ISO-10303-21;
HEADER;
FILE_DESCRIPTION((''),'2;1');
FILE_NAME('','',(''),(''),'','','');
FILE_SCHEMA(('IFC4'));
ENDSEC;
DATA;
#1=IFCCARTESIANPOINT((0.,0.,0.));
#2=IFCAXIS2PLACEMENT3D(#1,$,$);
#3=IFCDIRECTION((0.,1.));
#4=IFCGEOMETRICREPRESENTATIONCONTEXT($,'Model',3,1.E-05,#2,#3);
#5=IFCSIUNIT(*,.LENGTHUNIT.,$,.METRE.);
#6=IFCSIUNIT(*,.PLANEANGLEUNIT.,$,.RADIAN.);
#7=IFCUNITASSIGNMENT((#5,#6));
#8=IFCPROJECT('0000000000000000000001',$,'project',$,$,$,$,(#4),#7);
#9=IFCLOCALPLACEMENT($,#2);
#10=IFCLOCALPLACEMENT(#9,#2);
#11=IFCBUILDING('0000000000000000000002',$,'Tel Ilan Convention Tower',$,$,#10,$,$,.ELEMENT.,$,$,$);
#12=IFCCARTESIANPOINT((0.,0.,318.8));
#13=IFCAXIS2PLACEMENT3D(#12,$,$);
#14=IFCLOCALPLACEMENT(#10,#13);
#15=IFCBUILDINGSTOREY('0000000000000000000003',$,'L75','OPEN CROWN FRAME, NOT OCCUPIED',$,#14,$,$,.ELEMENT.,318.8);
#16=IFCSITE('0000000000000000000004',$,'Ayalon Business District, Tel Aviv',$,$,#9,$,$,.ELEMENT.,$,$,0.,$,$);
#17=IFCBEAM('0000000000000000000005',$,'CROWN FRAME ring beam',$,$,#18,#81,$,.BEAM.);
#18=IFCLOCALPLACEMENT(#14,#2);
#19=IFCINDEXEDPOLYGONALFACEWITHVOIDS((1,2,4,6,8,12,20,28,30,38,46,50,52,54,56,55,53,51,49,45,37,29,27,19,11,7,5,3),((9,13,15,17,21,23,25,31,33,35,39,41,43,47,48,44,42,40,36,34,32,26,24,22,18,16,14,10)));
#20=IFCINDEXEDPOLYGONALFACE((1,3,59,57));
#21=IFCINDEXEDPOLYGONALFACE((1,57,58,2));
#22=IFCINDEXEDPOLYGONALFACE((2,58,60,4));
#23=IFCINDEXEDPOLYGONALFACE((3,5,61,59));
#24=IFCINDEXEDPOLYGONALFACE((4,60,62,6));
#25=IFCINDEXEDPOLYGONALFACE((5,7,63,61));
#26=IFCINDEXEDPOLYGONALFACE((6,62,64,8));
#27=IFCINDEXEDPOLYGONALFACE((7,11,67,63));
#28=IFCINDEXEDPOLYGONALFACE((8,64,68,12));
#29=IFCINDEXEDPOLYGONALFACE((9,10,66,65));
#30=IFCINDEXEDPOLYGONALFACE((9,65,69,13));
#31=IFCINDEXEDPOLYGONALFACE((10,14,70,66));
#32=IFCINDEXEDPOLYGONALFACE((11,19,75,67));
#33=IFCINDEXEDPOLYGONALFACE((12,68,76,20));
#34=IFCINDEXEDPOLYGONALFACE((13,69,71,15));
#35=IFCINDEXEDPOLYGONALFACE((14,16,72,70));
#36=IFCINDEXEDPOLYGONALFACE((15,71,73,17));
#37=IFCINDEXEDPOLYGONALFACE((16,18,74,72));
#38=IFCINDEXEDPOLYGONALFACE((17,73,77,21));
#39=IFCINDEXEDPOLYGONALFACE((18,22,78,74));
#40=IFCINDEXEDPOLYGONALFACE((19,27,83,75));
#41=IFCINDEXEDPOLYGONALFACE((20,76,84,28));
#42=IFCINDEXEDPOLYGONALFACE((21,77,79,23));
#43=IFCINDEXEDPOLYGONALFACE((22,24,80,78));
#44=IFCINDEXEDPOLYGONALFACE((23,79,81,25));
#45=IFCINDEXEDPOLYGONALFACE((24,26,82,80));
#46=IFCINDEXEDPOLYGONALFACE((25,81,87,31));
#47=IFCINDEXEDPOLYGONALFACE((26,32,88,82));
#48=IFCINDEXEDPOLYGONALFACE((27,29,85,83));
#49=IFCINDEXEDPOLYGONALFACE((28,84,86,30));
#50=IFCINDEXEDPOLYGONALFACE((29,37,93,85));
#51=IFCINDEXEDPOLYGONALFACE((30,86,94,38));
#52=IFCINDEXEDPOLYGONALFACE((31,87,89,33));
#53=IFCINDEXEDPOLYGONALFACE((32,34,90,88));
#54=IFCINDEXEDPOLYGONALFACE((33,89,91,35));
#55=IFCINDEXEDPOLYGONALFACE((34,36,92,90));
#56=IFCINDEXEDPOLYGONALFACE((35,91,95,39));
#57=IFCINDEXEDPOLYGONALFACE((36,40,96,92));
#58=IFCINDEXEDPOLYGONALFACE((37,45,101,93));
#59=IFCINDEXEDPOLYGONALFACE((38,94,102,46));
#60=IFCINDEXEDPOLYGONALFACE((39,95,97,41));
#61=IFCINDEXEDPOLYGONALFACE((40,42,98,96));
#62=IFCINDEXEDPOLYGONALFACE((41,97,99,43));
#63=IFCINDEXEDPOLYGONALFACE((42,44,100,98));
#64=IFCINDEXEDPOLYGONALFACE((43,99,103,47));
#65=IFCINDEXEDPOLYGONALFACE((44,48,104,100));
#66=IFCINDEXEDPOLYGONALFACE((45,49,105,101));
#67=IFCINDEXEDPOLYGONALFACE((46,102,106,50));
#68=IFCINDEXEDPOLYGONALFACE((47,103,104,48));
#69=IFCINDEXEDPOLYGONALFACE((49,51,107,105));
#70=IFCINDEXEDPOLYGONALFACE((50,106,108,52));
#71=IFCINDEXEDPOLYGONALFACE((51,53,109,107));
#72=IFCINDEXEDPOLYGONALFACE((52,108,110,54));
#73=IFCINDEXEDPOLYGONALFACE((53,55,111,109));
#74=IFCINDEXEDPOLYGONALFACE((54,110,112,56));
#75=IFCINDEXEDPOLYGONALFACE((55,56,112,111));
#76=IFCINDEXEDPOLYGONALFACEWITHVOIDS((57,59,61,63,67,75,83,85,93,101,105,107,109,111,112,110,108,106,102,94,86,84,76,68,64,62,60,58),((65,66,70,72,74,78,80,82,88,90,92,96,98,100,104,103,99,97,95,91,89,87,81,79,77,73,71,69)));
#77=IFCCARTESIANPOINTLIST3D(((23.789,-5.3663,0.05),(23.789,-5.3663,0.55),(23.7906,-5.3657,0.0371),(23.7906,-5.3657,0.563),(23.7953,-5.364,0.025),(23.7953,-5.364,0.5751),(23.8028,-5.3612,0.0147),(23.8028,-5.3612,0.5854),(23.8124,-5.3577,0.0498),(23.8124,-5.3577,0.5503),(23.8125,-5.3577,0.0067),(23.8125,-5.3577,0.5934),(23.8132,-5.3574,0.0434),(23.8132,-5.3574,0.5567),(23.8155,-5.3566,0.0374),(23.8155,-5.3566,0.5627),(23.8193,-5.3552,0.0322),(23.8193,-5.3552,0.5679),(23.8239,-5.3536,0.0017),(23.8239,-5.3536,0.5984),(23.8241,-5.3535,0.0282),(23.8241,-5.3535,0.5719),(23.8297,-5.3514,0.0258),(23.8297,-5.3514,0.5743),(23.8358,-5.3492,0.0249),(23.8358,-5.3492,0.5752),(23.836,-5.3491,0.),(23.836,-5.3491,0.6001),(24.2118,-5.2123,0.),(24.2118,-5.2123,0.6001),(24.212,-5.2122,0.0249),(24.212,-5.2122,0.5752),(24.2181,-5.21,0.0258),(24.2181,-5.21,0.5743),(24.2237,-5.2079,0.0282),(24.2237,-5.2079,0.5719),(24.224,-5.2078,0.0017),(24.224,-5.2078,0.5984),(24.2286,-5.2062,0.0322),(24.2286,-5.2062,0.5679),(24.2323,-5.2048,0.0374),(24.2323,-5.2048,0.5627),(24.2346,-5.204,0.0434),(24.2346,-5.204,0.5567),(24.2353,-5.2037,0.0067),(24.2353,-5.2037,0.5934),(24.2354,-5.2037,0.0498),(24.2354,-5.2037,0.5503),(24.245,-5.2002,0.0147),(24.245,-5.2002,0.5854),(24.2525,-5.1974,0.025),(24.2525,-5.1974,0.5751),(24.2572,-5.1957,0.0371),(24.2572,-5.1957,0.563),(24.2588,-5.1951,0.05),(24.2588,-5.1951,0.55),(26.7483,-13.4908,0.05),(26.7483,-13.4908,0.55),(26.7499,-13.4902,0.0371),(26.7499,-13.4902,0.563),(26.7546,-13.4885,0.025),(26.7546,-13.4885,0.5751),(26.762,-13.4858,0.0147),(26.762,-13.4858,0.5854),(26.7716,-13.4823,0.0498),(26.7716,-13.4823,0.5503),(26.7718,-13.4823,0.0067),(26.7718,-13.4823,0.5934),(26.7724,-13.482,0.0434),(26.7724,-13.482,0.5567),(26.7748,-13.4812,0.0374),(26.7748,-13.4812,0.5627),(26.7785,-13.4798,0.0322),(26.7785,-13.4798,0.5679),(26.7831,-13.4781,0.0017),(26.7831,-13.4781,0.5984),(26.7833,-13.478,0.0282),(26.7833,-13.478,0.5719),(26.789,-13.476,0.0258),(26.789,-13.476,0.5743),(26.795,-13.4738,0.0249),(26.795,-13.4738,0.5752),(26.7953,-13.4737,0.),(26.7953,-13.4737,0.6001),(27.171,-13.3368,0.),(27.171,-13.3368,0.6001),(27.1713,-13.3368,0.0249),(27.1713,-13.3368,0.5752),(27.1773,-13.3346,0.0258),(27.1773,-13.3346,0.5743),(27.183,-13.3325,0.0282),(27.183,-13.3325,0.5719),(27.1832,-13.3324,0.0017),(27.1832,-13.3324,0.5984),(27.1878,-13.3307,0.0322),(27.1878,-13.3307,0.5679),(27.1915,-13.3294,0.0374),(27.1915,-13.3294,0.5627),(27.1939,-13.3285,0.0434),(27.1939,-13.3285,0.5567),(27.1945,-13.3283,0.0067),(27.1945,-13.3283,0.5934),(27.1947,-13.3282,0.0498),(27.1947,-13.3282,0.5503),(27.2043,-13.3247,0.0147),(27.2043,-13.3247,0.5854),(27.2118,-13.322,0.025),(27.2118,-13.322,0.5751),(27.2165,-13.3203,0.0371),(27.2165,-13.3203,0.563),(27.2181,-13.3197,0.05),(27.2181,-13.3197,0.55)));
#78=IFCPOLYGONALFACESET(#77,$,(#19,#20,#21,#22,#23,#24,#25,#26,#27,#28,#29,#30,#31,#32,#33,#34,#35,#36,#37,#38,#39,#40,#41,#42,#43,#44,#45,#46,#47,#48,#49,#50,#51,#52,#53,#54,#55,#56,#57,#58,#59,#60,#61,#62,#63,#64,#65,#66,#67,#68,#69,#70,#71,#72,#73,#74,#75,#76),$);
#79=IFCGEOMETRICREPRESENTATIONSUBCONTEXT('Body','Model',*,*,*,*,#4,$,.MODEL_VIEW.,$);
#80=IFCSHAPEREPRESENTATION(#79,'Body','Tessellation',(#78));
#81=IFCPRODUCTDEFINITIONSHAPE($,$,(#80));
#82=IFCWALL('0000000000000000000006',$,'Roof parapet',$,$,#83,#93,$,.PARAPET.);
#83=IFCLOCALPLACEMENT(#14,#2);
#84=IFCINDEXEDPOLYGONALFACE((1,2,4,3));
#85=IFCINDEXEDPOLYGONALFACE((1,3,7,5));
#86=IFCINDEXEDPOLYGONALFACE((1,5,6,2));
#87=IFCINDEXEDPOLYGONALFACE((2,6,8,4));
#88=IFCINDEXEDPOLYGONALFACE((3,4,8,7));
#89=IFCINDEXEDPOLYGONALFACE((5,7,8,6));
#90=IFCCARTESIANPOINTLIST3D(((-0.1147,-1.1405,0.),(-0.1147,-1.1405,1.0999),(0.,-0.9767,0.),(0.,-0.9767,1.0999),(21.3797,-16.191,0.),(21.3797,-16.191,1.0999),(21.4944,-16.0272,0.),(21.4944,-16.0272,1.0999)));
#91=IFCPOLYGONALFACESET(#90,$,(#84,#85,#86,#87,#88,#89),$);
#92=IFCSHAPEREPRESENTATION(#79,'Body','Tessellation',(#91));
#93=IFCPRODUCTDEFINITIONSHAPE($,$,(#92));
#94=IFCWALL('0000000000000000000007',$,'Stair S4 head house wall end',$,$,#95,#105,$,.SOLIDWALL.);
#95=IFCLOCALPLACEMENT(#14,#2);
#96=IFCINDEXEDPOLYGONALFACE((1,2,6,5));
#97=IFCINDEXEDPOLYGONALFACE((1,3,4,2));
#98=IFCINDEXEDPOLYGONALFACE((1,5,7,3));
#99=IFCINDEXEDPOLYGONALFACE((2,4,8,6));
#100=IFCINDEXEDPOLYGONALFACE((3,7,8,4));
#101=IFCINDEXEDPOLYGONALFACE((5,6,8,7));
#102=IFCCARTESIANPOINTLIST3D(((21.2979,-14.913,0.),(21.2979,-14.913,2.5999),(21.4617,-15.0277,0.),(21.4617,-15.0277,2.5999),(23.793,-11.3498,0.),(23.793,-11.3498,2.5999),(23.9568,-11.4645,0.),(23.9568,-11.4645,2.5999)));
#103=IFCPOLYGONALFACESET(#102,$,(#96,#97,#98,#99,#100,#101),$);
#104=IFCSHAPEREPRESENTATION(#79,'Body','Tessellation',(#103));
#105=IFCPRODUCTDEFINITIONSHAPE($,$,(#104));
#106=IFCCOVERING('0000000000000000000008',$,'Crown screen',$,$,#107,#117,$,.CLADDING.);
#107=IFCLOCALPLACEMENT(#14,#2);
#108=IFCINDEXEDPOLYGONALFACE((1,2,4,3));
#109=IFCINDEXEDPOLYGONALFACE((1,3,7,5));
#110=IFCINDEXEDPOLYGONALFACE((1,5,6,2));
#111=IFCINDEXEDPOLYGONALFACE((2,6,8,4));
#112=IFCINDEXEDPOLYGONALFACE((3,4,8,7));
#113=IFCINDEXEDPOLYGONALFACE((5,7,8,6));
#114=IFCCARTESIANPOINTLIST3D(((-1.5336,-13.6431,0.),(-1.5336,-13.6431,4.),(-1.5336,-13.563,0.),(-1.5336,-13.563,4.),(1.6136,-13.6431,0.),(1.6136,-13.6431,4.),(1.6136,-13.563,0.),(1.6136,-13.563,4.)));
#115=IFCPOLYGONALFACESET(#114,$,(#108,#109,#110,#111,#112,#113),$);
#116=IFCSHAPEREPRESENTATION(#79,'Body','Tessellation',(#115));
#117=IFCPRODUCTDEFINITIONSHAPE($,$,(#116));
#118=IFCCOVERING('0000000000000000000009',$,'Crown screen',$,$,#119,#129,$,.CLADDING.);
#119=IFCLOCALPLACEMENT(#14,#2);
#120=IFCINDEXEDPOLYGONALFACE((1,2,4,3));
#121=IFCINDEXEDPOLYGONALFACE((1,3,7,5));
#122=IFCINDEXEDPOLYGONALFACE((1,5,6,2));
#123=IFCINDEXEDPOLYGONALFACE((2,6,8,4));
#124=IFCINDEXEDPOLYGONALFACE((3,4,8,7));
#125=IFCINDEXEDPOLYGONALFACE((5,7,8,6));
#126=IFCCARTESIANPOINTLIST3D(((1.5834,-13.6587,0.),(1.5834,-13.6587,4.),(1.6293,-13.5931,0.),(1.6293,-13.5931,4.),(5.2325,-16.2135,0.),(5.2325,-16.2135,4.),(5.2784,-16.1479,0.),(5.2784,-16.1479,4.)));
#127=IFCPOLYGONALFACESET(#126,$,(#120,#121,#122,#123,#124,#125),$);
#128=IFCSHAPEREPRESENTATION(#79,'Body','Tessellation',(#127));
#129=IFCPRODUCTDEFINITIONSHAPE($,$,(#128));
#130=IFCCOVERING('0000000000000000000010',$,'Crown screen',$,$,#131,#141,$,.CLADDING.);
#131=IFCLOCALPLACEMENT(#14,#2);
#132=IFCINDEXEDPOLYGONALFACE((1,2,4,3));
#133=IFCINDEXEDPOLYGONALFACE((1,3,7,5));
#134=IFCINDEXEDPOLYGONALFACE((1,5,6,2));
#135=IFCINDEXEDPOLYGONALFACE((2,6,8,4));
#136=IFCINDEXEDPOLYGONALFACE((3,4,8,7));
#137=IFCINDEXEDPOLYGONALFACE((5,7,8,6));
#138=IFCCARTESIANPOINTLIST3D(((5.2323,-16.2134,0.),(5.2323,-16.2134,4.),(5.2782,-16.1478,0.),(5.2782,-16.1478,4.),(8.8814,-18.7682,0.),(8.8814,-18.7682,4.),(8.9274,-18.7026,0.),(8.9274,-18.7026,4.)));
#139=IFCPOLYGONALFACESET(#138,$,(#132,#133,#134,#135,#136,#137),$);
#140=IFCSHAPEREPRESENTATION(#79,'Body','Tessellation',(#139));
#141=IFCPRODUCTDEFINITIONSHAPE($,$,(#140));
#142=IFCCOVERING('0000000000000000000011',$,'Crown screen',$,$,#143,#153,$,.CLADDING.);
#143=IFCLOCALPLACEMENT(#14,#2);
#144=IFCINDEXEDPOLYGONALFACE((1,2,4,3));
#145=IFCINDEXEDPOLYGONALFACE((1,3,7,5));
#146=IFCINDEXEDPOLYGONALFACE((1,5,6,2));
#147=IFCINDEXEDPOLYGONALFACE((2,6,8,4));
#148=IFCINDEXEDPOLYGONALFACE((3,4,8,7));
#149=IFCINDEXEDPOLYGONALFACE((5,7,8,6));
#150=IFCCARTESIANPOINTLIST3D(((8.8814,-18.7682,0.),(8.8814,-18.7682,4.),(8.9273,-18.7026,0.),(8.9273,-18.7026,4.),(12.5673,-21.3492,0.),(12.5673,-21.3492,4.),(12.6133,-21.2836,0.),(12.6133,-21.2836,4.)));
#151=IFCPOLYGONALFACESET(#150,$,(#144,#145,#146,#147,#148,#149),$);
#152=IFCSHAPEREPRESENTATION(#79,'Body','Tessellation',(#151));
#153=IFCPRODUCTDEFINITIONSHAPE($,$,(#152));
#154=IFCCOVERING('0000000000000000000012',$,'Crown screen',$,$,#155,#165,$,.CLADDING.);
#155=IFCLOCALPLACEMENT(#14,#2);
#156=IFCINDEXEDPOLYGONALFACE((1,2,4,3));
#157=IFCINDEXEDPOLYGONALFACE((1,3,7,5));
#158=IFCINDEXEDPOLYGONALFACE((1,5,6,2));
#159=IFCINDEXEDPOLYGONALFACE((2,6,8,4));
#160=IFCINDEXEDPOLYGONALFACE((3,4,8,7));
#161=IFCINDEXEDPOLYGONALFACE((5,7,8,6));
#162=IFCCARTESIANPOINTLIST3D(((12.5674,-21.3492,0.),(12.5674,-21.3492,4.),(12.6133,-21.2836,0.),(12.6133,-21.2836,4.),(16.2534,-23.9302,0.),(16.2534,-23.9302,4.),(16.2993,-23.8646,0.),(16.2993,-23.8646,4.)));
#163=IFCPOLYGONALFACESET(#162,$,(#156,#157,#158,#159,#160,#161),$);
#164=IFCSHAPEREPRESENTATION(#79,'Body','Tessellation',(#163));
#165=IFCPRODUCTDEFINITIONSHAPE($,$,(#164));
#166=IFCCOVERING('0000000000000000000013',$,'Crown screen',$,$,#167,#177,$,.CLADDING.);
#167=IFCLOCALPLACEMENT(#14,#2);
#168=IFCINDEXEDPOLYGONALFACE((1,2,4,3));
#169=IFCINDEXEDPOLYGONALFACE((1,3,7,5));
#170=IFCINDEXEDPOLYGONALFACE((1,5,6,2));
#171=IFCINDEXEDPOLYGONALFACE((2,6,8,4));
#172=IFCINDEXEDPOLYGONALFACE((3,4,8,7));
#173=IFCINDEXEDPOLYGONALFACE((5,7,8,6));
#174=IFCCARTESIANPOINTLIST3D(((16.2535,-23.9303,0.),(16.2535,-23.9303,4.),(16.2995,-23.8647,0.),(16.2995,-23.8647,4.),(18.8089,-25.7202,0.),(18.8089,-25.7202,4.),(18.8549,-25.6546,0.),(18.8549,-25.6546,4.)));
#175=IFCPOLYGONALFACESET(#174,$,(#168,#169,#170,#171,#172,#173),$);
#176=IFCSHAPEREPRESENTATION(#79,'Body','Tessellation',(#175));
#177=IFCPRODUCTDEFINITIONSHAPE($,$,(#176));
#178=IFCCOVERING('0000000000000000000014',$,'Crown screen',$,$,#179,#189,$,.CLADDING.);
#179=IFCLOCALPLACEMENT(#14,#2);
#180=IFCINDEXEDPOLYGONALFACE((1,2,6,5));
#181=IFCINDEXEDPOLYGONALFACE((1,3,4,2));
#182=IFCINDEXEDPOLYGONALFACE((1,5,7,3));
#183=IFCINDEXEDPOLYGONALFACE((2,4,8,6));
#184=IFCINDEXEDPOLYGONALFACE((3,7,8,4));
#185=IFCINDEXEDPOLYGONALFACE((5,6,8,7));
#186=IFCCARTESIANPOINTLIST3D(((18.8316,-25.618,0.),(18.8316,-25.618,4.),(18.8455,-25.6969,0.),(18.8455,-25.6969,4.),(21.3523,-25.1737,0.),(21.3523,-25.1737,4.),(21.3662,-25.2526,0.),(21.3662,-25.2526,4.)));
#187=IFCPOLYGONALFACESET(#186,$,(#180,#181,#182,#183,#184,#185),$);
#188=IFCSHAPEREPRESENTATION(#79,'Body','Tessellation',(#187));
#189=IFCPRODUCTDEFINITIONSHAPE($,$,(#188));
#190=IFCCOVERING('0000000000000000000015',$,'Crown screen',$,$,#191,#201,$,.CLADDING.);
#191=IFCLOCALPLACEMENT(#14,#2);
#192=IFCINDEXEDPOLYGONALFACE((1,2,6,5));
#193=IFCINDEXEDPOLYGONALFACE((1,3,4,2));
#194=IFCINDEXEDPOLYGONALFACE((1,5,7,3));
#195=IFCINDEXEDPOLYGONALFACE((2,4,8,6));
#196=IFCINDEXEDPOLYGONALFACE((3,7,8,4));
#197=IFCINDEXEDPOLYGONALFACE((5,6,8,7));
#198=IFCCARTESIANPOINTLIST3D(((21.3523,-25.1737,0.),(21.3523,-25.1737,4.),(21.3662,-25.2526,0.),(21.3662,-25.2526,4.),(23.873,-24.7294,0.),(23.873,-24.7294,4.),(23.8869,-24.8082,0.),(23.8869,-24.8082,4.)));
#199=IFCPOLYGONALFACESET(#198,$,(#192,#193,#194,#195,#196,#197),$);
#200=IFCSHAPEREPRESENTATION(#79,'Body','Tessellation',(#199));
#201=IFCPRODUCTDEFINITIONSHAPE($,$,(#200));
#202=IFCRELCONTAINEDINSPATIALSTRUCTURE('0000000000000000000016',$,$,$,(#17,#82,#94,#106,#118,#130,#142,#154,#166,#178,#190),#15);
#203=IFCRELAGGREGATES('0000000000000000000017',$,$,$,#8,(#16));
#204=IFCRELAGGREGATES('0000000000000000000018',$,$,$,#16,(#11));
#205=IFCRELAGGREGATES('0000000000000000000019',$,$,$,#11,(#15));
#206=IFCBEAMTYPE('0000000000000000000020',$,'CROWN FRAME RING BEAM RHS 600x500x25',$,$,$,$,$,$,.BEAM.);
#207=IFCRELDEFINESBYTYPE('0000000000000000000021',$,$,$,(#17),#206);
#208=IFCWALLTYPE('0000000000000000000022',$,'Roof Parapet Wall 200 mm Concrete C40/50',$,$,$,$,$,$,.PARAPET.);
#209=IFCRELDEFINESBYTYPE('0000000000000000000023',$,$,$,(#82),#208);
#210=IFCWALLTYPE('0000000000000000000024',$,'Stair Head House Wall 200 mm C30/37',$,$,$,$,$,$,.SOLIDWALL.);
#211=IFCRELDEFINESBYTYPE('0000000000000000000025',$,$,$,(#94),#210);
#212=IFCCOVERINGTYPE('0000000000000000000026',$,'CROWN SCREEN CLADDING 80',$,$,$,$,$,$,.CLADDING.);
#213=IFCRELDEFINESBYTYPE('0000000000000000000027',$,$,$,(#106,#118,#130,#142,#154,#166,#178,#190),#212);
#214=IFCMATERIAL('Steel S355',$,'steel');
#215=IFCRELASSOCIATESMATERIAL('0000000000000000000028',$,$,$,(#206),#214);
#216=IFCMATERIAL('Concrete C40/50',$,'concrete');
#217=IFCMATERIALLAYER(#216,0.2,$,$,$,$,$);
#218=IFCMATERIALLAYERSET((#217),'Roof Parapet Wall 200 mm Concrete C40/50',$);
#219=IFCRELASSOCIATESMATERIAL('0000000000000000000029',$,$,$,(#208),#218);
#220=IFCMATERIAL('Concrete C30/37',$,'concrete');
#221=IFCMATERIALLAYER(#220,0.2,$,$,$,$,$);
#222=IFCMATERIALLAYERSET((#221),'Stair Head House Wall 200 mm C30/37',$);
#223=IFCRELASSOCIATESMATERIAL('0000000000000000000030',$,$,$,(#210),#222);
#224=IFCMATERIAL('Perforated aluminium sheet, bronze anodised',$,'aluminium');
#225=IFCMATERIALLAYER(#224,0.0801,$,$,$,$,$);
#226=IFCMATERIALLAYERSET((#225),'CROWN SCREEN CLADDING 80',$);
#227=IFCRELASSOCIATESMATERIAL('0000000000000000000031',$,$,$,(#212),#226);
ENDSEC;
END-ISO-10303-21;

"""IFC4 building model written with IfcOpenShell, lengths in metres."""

from ifc_helpers import new_model, si_unit, direction, frame, frame_2d, origin, origin_2d, place, context, subcontext, project, spatial, rectangle, hollow_rectangle, extrude, material, layer, layer_set, material_profile, profile_set, type_object, element, save


model = new_model("IFC4")

# Units and contexts
model_context = context("Model", 3, precision=1e-05, world=origin(), true_north=direction((0.0, 1.0)))
body_context = subcontext(model_context, "Body", "Model", "MODEL_VIEW")
ifc_project = project(units=[si_unit("LENGTHUNIT", "METRE"), si_unit("PLANEANGLEUNIT", "RADIAN")], contexts=[model_context])

# Site, building, storey
site_placement = place(None, origin())
site = spatial("IfcSite", under=ifc_project, at=site_placement, Name="Ayalon Business District, Tel Aviv", CompositionType="ELEMENT", RefElevation=0.0)
building_placement = place(site_placement, origin())
building = spatial("IfcBuilding", under=site, at=building_placement, Name="Tel Ilan Convention Tower", CompositionType="ELEMENT")
storey_placement = place(building_placement, frame((0.0, 0.0, 318.8)))
storey = spatial("IfcBuildingStorey", under=building, at=storey_placement, Name="L75", Description="OPEN CROWN FRAME, NOT OCCUPIED", CompositionType="ELEMENT", Elevation=318.8)

# Beam
ifc_material_1 = material(Name="Steel S355", Category="steel")
ifc_material_profile_1 = material_profile(ifc_material_1, hollow_rectangle(XDim=0.5, YDim=0.6001, WallThickness=0.0249, InnerFilletRadius=0.0249, OuterFilletRadius=0.05, at=origin_2d()), Name="RHS 600x500x25")
ifc_profile_set_1 = profile_set([ifc_material_profile_1], Name="Steel S355")
beam_type = type_object("IfcBeamType", Name="CROWN FRAME RING BEAM RHS 600x500x25", PredefinedType="BEAM", material=ifc_profile_set_1)
beam_1_placement = place(storey_placement, frame((26.9832, -13.4053, 0.3), z_axis=(-0.34224, 0.939613, 0.0), x_axis=(-0.939613, -0.34224, 0.0)))
element("IfcBeam", 1, at=beam_1_placement, inside=storey, type_object=beam_type, Name="CROWN FRAME ring beam", PredefinedType="BEAM", context=body_context, shape_type="SweptSolid", body=[
    extrude(hollow_rectangle(XDim=0.5, YDim=0.6001, WallThickness=0.0249, InnerFilletRadius=0.0249, OuterFilletRadius=0.05, at=origin_2d()), origin(), (0.0, 0.0, 1.0), 8.6467),
])

# Walls
ifc_material_2 = material(Name="Concrete C40/50", Category="concrete")
ifc_layer_1 = layer(ifc_material_2, 0.2)
ifc_layer_set_1 = layer_set([ifc_layer_1], Name="Roof Parapet Wall 200 mm Concrete C40/50")
wall_type_1 = type_object("IfcWallType", Name="Roof Parapet Wall 200 mm Concrete C40/50", PredefinedType="PARAPET", material=ifc_layer_set_1)
wall_1_placement = place(storey_placement, frame((21.437, -16.1091, 0.0), z_axis=(0.0, 0.0, 1.0), x_axis=(-0.819152, 0.573577, 0.0)))
element("IfcWall", 2, at=wall_1_placement, inside=storey, type_object=wall_type_1, Name="Roof parapet", PredefinedType="PARAPET", context=body_context, shape_type="SweptSolid", body=[
    extrude(rectangle(XDim=26.2397, YDim=0.2, at=frame_2d((13.1199, 0.0))), origin(), (0.0, 0.0, 1.0), 1.0999),
])
ifc_material_3 = material(Name="Concrete C30/37", Category="concrete")
ifc_layer_2 = layer(ifc_material_3, 0.2)
ifc_layer_set_2 = layer_set([ifc_layer_2], Name="Stair Head House Wall 200 mm C30/37")
wall_type_2 = type_object("IfcWallType", Name="Stair Head House Wall 200 mm C30/37", PredefinedType="SOLIDWALL", material=ifc_layer_set_2)
wall_2_placement = place(storey_placement, frame((21.3799, -14.9702, 0.0), z_axis=(0.0, 0.0, 1.0), x_axis=(0.573594, 0.81914, 0.0)))
element("IfcWall", 3, at=wall_2_placement, inside=storey, type_object=wall_type_2, Name="Stair S4 head house wall end", PredefinedType="SOLIDWALL", context=body_context, shape_type="SweptSolid", body=[
    extrude(rectangle(XDim=4.3499, YDim=0.2, at=frame_2d((2.1748, 0.0))), origin(), (0.0, 0.0, 1.0), 2.5999),
])

# Coverings
ifc_material_4 = material(Name="Perforated aluminium sheet, bronze anodised", Category="aluminium")
ifc_layer_3 = layer(ifc_material_4, 0.0801)
ifc_layer_set_3 = layer_set([ifc_layer_3], Name="CROWN SCREEN CLADDING 80")
covering_type = type_object("IfcCoveringType", Name="CROWN SCREEN CLADDING 80", PredefinedType="CLADDING", material=ifc_layer_set_3)
covering_1_placement = place(storey_placement, frame((0.04, -13.603, 0.0), z_axis=(0.0, 0.0, 1.0), x_axis=(1.0, 0.0, 0.0)))
element("IfcCovering", 4, at=covering_1_placement, inside=storey, type_object=covering_type, Name="Crown screen", PredefinedType="CLADDING", context=body_context, shape_type="SweptSolid", body=[
    extrude(rectangle(XDim=3.1472, YDim=0.0801, at=origin_2d()), origin(), (0.0, 0.0, 1.0), 4.0),
])
for number, where, z_axis, x_axis, name in (
    (5, (3.4309, -14.9033, 0.0), (0.0, 0.0, 1.0), (0.819185, -0.573529, 0.0), "Crown screen"),
    (6, (7.0798, -17.458, 0.0), (0.0, 0.0, 1.0), (0.819185, -0.573529, 0.0), "Crown screen"),
):
    element("IfcCovering", number, at=place(storey_placement, frame(where, z_axis=z_axis, x_axis=x_axis)), inside=storey, type_object=covering_type, Name=name, PredefinedType="CLADDING", context=body_context, shape_type="SweptSolid", body=[
        extrude(rectangle(XDim=4.4546, YDim=0.0801, at=origin_2d()), origin(), (0.0, 0.0, 1.0), 4.0),
    ])
for number, where, z_axis, x_axis, name in (
    (7, (10.7473, -20.0259, 0.0), (0.0, 0.0, 1.0), (0.819148, -0.573582, 0.0), "Crown screen"),
    (8, (14.4333, -22.6069, 0.0), (0.0, 0.0, 1.0), (0.819148, -0.573582, 0.0), "Crown screen"),
):
    element("IfcCovering", number, at=place(storey_placement, frame(where, z_axis=z_axis, x_axis=x_axis)), inside=storey, type_object=covering_type, Name=name, PredefinedType="CLADDING", context=body_context, shape_type="SweptSolid", body=[
        extrude(rectangle(XDim=4.4998, YDim=0.0801, at=origin_2d()), origin(), (0.0, 0.0, 1.0), 4.0),
    ])
covering_2_placement = place(storey_placement, frame((17.5542, -24.7925, 0.0), z_axis=(0.0, 0.0, 1.0), x_axis=(0.81906, -0.573708, 0.0)))
element("IfcCovering", 9, at=covering_2_placement, inside=storey, type_object=covering_type, Name="Crown screen", PredefinedType="CLADDING", context=body_context, shape_type="SweptSolid", body=[
    extrude(rectangle(XDim=3.1199, YDim=0.0801, at=origin_2d()), origin(), (0.0, 0.0, 1.0), 4.0),
])
for number, where, z_axis, x_axis, name in (
    (10, (20.0989, -25.4353, 0.0), (0.0, 0.0, 1.0), (0.984817, 0.173598, 0.0), "Crown screen"),
    (11, (22.6196, -24.991, 0.0), (0.0, 0.0, 1.0), (0.984817, 0.173598, 0.0), "Crown screen"),
):
    element("IfcCovering", number, at=place(storey_placement, frame(where, z_axis=z_axis, x_axis=x_axis)), inside=storey, type_object=covering_type, Name=name, PredefinedType="CLADDING", context=body_context, shape_type="SweptSolid", body=[
        extrude(rectangle(XDim=2.5596, YDim=0.0801, at=origin_2d()), origin(), (0.0, 0.0, 1.0), 4.0),
    ])

save(model, "model.ifc")
